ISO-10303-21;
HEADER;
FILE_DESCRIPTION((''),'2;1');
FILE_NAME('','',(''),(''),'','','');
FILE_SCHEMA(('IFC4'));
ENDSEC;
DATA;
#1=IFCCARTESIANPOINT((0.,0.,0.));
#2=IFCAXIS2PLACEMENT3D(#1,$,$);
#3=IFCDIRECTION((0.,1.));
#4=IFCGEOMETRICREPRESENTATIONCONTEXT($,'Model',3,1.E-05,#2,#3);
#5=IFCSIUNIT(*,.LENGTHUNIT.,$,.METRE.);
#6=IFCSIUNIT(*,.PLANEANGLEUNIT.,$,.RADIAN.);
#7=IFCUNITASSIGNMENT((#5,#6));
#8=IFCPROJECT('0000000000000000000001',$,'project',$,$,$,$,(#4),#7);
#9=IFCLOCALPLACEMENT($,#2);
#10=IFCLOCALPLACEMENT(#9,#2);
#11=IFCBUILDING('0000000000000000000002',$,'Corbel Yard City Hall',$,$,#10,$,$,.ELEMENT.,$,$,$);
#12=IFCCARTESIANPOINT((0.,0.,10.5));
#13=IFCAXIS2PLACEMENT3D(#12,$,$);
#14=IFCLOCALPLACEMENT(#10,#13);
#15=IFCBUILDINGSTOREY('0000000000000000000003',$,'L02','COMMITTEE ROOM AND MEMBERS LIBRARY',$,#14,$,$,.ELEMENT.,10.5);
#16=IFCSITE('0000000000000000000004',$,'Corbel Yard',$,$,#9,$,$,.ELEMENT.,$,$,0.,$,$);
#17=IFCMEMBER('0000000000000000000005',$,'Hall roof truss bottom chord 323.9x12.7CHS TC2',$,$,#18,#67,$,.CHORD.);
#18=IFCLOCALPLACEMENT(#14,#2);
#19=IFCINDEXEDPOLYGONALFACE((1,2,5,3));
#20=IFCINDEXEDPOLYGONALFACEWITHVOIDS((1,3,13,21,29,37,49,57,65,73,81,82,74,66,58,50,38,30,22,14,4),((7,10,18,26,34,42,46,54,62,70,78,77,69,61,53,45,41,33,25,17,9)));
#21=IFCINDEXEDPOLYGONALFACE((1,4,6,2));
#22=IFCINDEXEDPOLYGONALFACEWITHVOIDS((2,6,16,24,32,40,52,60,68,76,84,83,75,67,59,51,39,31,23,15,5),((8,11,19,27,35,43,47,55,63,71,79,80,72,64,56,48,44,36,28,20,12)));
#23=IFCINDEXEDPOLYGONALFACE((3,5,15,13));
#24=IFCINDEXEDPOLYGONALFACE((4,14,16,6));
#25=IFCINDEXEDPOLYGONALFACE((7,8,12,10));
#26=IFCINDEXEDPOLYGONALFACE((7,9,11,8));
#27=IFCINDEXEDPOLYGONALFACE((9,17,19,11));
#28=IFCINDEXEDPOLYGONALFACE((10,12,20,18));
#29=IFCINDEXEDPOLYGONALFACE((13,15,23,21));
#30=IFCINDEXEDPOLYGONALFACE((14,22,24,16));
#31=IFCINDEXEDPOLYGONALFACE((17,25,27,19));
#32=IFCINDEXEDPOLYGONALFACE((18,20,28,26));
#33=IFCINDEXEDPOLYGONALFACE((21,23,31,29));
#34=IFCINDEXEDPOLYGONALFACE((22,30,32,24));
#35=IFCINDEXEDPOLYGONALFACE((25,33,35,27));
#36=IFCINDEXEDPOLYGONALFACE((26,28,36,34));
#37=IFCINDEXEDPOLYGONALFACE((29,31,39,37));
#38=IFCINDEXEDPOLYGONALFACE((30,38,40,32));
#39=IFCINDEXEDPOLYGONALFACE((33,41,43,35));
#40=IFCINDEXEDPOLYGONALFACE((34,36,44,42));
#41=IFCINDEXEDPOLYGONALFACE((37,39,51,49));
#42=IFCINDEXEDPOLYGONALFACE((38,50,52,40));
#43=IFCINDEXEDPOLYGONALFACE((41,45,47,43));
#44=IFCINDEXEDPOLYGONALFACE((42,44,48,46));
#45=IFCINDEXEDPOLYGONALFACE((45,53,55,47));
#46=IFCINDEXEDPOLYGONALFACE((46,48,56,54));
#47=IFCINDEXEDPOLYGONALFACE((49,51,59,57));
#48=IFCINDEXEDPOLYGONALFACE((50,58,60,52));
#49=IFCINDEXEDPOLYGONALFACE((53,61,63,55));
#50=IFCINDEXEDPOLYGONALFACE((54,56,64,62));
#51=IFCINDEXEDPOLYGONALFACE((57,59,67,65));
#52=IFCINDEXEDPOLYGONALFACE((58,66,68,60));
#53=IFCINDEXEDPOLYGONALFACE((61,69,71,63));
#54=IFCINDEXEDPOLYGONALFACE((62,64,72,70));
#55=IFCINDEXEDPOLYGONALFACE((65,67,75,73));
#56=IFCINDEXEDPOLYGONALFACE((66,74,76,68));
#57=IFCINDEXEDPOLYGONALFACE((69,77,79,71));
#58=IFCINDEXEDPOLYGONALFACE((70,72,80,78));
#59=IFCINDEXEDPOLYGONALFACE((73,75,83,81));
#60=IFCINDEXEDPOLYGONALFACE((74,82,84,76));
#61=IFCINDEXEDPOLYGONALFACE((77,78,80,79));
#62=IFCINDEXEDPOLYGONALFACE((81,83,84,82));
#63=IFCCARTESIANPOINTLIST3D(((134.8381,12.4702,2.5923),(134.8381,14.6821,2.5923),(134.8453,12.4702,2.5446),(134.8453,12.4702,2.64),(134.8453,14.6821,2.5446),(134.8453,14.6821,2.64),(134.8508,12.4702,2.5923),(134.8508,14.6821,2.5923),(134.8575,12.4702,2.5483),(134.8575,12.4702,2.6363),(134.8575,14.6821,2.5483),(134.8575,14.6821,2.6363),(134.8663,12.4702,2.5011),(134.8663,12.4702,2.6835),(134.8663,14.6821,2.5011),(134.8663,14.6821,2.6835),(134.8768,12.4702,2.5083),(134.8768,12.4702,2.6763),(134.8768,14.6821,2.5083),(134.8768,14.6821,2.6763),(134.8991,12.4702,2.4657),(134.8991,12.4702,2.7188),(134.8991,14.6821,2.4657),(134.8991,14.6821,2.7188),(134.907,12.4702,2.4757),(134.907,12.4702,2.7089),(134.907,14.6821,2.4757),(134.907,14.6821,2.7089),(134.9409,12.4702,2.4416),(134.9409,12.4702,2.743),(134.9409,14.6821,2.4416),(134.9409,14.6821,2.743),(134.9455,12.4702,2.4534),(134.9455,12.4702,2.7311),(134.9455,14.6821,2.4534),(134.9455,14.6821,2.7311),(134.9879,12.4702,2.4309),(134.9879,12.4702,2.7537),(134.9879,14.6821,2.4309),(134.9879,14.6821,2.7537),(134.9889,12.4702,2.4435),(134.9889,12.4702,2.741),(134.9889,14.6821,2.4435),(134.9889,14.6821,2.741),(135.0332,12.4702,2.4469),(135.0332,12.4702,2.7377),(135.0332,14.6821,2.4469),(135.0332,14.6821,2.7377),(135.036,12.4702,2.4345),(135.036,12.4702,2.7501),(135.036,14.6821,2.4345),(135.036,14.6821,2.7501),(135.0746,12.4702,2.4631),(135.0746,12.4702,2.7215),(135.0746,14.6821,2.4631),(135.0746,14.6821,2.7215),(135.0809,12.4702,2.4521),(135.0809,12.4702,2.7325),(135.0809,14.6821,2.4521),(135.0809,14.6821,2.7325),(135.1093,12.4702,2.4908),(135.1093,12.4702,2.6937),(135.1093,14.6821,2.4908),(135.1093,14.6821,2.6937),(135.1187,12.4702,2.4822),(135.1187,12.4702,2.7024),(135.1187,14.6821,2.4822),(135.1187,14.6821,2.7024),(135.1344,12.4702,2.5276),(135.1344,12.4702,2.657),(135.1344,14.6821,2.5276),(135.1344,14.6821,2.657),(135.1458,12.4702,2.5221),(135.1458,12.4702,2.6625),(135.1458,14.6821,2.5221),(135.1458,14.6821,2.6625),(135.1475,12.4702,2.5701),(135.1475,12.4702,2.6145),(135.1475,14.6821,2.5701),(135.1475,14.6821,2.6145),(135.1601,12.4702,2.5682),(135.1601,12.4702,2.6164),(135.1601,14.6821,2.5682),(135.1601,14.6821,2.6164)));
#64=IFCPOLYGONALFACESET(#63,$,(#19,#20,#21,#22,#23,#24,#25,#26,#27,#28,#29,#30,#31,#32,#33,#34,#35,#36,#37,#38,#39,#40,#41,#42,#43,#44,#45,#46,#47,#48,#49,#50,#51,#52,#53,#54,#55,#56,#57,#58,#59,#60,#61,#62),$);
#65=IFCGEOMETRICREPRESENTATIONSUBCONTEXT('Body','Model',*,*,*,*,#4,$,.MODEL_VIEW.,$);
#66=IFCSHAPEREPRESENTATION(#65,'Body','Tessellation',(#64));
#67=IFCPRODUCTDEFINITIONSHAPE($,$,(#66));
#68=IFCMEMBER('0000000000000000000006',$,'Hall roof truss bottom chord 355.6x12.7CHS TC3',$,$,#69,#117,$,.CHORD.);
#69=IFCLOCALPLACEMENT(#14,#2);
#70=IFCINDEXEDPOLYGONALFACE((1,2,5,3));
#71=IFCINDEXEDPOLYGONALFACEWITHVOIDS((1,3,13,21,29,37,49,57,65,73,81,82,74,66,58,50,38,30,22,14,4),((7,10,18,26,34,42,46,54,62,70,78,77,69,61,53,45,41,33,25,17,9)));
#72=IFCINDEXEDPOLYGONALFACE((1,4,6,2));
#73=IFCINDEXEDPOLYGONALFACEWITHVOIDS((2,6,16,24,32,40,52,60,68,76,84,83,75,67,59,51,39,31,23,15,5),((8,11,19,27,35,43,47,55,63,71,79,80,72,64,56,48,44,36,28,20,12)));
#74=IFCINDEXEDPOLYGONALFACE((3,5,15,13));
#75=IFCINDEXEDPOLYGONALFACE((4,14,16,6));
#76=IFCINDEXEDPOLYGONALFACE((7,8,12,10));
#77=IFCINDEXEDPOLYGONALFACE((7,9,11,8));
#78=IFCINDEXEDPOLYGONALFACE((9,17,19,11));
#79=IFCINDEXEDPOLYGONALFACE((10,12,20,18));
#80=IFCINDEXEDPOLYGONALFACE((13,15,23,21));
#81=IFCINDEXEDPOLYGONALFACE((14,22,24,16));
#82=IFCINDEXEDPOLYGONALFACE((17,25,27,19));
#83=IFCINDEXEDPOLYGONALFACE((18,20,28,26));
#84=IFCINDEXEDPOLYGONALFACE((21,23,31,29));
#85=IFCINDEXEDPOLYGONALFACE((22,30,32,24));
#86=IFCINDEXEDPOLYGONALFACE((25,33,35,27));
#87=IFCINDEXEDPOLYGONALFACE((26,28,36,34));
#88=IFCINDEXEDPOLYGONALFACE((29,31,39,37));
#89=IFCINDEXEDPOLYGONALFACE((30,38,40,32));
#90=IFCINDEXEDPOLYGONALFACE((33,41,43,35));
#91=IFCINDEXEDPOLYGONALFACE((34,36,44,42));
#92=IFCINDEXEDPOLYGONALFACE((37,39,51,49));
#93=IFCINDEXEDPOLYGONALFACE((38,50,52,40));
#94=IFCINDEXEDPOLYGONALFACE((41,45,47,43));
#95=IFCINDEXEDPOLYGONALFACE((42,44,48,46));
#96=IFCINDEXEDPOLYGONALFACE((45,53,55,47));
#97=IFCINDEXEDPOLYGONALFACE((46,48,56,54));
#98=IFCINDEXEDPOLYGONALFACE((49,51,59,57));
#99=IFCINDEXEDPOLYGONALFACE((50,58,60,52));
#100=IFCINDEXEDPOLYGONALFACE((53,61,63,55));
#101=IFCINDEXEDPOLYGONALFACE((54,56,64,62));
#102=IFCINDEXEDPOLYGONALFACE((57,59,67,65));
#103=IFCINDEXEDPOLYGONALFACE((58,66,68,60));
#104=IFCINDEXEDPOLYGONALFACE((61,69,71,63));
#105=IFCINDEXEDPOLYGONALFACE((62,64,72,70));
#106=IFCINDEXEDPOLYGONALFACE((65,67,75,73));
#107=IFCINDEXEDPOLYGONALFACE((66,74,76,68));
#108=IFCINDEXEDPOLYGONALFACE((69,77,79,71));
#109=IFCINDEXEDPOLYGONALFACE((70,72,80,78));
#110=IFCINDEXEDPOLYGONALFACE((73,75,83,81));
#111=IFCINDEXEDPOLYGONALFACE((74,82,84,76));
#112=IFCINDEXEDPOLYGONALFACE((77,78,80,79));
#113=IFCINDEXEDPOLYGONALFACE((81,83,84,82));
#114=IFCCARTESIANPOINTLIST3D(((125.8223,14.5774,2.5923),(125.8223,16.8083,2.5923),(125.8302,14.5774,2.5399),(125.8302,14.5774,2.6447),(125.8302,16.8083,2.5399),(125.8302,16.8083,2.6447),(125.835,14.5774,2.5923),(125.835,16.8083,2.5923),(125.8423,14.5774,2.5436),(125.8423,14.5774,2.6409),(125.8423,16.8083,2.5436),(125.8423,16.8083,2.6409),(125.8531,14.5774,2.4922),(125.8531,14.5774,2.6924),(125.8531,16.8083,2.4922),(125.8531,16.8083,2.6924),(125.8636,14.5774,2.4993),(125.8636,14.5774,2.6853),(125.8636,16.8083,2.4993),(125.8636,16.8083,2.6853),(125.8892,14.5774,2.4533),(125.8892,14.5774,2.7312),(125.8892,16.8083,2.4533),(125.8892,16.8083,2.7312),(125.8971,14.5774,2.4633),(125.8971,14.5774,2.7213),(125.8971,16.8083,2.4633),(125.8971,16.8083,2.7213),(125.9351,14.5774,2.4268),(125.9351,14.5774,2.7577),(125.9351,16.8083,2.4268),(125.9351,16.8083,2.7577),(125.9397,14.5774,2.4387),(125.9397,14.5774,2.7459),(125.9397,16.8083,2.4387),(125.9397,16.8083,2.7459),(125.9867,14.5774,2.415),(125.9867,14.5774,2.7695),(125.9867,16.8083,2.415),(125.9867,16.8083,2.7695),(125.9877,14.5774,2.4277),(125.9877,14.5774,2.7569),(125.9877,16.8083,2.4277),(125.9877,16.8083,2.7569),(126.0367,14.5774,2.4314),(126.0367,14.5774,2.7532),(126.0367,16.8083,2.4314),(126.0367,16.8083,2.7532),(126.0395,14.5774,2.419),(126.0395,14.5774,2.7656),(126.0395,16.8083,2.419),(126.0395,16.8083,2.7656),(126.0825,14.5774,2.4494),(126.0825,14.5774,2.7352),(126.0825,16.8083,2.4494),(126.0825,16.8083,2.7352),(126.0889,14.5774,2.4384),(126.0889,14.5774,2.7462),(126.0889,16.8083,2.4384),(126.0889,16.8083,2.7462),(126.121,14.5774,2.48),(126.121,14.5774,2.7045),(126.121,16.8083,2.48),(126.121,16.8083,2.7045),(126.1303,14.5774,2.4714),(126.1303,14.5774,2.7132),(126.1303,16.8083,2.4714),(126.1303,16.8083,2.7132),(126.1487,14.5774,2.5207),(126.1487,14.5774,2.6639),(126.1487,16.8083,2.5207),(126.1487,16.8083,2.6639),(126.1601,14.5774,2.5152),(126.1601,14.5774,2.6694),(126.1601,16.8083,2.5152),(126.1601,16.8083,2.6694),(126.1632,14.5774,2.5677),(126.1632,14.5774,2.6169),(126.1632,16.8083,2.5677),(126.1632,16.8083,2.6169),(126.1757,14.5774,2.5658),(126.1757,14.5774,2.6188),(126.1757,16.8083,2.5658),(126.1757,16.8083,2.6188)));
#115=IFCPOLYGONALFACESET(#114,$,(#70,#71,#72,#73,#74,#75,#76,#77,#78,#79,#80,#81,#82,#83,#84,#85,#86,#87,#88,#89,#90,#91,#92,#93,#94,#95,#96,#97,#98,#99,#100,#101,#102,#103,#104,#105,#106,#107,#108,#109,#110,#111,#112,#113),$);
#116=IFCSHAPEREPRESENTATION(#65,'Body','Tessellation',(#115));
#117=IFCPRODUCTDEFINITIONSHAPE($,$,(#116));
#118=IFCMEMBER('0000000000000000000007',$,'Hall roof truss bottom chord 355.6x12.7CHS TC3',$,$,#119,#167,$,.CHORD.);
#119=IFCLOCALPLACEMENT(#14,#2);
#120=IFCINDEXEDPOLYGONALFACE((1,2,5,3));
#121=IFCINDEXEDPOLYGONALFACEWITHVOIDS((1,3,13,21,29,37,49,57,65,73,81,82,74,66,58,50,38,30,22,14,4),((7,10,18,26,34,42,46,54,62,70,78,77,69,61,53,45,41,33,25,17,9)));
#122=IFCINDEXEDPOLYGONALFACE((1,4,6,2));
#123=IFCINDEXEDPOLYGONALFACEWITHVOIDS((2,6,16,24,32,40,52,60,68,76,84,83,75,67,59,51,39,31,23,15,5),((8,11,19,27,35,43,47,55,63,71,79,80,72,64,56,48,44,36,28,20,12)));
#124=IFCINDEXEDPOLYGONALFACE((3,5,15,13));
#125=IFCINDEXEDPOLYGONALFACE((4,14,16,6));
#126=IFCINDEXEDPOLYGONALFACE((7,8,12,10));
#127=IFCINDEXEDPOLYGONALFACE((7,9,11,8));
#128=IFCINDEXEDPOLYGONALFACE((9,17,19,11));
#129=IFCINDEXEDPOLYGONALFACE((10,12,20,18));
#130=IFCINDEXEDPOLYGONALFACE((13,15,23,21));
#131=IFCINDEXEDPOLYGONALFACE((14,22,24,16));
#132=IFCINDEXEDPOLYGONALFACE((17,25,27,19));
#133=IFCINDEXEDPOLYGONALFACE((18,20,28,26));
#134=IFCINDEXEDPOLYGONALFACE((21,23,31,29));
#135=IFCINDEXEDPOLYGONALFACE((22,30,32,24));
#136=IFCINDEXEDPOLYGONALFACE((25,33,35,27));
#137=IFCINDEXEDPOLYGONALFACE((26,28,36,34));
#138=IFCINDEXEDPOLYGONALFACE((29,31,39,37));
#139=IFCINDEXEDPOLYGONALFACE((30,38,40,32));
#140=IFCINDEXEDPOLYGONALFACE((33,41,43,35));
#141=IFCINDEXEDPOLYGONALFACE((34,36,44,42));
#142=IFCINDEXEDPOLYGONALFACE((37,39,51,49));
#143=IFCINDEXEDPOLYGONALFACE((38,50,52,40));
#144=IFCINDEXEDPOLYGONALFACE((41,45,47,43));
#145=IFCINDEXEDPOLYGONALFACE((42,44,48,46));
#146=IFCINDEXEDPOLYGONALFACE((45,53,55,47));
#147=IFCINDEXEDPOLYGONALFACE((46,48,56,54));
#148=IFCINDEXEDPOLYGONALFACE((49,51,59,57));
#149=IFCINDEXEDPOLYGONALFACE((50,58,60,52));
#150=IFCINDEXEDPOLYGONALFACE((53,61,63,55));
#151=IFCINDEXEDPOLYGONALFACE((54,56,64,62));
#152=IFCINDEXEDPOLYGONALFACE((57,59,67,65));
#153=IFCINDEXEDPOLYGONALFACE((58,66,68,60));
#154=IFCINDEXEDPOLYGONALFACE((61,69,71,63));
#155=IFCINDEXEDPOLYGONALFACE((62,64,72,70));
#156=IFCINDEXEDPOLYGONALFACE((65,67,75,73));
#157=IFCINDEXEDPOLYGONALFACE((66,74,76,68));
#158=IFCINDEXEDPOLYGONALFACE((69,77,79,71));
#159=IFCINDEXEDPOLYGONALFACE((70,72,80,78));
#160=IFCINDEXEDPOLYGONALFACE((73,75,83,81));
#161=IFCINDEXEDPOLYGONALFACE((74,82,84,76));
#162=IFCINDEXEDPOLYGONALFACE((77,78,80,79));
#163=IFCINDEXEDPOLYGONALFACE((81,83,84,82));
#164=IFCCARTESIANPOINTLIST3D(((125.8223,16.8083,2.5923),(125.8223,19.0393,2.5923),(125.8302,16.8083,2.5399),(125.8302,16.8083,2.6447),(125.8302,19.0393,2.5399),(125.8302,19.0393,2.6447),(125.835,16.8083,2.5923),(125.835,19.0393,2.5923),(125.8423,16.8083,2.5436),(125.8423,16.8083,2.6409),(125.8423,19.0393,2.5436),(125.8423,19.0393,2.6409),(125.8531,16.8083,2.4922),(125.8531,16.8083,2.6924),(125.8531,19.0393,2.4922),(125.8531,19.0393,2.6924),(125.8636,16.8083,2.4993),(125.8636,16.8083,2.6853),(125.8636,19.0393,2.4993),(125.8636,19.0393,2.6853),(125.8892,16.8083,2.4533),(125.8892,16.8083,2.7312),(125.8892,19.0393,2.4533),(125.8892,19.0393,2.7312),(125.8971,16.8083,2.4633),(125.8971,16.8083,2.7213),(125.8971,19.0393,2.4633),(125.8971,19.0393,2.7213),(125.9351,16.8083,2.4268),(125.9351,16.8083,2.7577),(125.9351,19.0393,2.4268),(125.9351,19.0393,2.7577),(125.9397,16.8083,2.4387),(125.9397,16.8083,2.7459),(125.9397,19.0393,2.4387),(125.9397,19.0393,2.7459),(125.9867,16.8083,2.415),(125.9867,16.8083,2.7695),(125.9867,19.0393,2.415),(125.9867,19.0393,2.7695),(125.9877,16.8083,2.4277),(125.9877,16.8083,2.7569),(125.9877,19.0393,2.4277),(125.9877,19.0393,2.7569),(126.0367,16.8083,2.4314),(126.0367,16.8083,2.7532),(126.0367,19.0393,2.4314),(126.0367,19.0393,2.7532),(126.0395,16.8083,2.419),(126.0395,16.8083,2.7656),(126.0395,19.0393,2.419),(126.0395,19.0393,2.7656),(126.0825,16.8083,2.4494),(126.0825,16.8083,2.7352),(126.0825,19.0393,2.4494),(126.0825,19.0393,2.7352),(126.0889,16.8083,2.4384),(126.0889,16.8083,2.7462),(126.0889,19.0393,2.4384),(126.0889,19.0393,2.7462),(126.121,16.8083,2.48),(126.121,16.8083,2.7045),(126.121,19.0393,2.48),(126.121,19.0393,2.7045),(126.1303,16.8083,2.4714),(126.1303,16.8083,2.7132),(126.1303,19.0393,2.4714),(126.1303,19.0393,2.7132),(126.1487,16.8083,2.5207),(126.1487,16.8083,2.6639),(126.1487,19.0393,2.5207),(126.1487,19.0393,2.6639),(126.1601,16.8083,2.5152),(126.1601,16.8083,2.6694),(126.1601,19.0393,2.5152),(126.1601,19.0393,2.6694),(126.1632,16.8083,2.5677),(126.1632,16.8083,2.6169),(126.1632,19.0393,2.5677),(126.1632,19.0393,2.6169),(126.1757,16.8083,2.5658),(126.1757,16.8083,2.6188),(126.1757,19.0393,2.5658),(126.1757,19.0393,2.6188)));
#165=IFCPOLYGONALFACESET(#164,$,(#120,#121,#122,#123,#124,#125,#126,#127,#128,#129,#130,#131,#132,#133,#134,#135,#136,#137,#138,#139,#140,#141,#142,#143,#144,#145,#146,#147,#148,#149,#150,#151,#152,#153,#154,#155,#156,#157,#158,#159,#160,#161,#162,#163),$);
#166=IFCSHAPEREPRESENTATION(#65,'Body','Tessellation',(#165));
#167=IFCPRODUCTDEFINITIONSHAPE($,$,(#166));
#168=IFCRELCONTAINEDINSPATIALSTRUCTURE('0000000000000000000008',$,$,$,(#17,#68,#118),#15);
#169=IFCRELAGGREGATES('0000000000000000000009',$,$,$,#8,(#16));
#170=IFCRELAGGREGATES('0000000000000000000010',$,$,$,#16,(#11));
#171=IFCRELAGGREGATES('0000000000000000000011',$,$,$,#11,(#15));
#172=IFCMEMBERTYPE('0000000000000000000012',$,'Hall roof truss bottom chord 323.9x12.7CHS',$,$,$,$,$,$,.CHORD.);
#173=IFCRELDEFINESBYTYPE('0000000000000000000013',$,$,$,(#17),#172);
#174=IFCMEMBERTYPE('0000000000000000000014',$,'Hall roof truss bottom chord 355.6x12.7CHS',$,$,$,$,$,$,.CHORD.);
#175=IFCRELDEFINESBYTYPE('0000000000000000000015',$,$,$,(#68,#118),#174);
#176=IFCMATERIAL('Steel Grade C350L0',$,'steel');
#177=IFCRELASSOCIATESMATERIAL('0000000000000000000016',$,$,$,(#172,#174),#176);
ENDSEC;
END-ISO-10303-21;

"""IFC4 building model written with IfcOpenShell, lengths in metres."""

from ifc_helpers import new_model, si_unit, direction, frame, origin, origin_2d, place, context, subcontext, project, spatial, hollow_circle, extrude, material, material_profile, profile_set, type_object, element, save


model = new_model("IFC4")

# Units and contexts
model_context = context("Model", 3, precision=1e-05, world=origin(), true_north=direction((0.0, 1.0)))
body_context = subcontext(model_context, "Body", "Model", "MODEL_VIEW")
ifc_project = project(units=[si_unit("LENGTHUNIT", "METRE"), si_unit("PLANEANGLEUNIT", "RADIAN")], contexts=[model_context])

# Site, building, storey
site_placement = place(None, origin())
site = spatial("IfcSite", under=ifc_project, at=site_placement, Name="Corbel Yard", CompositionType="ELEMENT", RefElevation=0.0)
building_placement = place(site_placement, origin())
building = spatial("IfcBuilding", under=site, at=building_placement, Name="Corbel Yard City Hall", CompositionType="ELEMENT")
storey_placement = place(building_placement, frame((0.0, 0.0, 10.5)))
storey = spatial("IfcBuildingStorey", under=building, at=storey_placement, Name="L02", Description="COMMITTEE ROOM AND MEMBERS LIBRARY", CompositionType="ELEMENT", Elevation=10.5)

# Members
ifc_material_1 = material(Name="Steel Grade C350L0", Category="steel")
ifc_material_profile_1 = material_profile(ifc_material_1, hollow_circle(Radius=0.1619, WallThickness=0.0127, at=origin_2d()), Name="323.9x12.7CHS")
ifc_profile_set_1 = profile_set([ifc_material_profile_1], Name="Steel Grade C350L0")
member_type_1 = type_object("IfcMemberType", Name="Hall roof truss bottom chord 323.9x12.7CHS", PredefinedType="CHORD", material=ifc_profile_set_1)
member_1_placement = place(storey_placement, frame((135.0, 12.4702, 2.5923), z_axis=(0.0, 1.0, 0.0), x_axis=(-1.0, 0.0, 0.0)))
element("IfcMember", 1, at=member_1_placement, inside=storey, type_object=member_type_1, Name="Hall roof truss bottom chord 323.9x12.7CHS TC2", PredefinedType="CHORD", context=body_context, shape_type="SweptSolid", body=[
    extrude(hollow_circle(Radius=0.1619, WallThickness=0.0127, at=origin_2d()), origin(), (0.0, 0.0, 1.0), 2.2119),
])
ifc_material_profile_2 = material_profile(ifc_material_1, hollow_circle(Radius=0.1777, WallThickness=0.0127, at=origin_2d()), Name="355.6x12.7CHS")
ifc_profile_set_2 = profile_set([ifc_material_profile_2], Name="Steel Grade C350L0")
member_type_2 = type_object("IfcMemberType", Name="Hall roof truss bottom chord 355.6x12.7CHS", PredefinedType="CHORD", material=ifc_profile_set_2)
for number, where, z_axis, x_axis, name in (
    (2, (126.0, 14.5774, 2.5923), (0.0, 1.0, 0.0), (-1.0, 0.0, 0.0), "Hall roof truss bottom chord 355.6x12.7CHS TC3"),
    (3, (126.0, 16.8083, 2.5923), (0.0, 1.0, 0.0), (-1.0, 0.0, 0.0), "Hall roof truss bottom chord 355.6x12.7CHS TC3"),
):
    element("IfcMember", number, at=place(storey_placement, frame(where, z_axis=z_axis, x_axis=x_axis)), inside=storey, type_object=member_type_2, Name=name, PredefinedType="CHORD", context=body_context, shape_type="SweptSolid", body=[
        extrude(hollow_circle(Radius=0.1777, WallThickness=0.0127, at=origin_2d()), origin(), (0.0, 0.0, 1.0), 2.231),
    ])

save(model, "model.ifc")
